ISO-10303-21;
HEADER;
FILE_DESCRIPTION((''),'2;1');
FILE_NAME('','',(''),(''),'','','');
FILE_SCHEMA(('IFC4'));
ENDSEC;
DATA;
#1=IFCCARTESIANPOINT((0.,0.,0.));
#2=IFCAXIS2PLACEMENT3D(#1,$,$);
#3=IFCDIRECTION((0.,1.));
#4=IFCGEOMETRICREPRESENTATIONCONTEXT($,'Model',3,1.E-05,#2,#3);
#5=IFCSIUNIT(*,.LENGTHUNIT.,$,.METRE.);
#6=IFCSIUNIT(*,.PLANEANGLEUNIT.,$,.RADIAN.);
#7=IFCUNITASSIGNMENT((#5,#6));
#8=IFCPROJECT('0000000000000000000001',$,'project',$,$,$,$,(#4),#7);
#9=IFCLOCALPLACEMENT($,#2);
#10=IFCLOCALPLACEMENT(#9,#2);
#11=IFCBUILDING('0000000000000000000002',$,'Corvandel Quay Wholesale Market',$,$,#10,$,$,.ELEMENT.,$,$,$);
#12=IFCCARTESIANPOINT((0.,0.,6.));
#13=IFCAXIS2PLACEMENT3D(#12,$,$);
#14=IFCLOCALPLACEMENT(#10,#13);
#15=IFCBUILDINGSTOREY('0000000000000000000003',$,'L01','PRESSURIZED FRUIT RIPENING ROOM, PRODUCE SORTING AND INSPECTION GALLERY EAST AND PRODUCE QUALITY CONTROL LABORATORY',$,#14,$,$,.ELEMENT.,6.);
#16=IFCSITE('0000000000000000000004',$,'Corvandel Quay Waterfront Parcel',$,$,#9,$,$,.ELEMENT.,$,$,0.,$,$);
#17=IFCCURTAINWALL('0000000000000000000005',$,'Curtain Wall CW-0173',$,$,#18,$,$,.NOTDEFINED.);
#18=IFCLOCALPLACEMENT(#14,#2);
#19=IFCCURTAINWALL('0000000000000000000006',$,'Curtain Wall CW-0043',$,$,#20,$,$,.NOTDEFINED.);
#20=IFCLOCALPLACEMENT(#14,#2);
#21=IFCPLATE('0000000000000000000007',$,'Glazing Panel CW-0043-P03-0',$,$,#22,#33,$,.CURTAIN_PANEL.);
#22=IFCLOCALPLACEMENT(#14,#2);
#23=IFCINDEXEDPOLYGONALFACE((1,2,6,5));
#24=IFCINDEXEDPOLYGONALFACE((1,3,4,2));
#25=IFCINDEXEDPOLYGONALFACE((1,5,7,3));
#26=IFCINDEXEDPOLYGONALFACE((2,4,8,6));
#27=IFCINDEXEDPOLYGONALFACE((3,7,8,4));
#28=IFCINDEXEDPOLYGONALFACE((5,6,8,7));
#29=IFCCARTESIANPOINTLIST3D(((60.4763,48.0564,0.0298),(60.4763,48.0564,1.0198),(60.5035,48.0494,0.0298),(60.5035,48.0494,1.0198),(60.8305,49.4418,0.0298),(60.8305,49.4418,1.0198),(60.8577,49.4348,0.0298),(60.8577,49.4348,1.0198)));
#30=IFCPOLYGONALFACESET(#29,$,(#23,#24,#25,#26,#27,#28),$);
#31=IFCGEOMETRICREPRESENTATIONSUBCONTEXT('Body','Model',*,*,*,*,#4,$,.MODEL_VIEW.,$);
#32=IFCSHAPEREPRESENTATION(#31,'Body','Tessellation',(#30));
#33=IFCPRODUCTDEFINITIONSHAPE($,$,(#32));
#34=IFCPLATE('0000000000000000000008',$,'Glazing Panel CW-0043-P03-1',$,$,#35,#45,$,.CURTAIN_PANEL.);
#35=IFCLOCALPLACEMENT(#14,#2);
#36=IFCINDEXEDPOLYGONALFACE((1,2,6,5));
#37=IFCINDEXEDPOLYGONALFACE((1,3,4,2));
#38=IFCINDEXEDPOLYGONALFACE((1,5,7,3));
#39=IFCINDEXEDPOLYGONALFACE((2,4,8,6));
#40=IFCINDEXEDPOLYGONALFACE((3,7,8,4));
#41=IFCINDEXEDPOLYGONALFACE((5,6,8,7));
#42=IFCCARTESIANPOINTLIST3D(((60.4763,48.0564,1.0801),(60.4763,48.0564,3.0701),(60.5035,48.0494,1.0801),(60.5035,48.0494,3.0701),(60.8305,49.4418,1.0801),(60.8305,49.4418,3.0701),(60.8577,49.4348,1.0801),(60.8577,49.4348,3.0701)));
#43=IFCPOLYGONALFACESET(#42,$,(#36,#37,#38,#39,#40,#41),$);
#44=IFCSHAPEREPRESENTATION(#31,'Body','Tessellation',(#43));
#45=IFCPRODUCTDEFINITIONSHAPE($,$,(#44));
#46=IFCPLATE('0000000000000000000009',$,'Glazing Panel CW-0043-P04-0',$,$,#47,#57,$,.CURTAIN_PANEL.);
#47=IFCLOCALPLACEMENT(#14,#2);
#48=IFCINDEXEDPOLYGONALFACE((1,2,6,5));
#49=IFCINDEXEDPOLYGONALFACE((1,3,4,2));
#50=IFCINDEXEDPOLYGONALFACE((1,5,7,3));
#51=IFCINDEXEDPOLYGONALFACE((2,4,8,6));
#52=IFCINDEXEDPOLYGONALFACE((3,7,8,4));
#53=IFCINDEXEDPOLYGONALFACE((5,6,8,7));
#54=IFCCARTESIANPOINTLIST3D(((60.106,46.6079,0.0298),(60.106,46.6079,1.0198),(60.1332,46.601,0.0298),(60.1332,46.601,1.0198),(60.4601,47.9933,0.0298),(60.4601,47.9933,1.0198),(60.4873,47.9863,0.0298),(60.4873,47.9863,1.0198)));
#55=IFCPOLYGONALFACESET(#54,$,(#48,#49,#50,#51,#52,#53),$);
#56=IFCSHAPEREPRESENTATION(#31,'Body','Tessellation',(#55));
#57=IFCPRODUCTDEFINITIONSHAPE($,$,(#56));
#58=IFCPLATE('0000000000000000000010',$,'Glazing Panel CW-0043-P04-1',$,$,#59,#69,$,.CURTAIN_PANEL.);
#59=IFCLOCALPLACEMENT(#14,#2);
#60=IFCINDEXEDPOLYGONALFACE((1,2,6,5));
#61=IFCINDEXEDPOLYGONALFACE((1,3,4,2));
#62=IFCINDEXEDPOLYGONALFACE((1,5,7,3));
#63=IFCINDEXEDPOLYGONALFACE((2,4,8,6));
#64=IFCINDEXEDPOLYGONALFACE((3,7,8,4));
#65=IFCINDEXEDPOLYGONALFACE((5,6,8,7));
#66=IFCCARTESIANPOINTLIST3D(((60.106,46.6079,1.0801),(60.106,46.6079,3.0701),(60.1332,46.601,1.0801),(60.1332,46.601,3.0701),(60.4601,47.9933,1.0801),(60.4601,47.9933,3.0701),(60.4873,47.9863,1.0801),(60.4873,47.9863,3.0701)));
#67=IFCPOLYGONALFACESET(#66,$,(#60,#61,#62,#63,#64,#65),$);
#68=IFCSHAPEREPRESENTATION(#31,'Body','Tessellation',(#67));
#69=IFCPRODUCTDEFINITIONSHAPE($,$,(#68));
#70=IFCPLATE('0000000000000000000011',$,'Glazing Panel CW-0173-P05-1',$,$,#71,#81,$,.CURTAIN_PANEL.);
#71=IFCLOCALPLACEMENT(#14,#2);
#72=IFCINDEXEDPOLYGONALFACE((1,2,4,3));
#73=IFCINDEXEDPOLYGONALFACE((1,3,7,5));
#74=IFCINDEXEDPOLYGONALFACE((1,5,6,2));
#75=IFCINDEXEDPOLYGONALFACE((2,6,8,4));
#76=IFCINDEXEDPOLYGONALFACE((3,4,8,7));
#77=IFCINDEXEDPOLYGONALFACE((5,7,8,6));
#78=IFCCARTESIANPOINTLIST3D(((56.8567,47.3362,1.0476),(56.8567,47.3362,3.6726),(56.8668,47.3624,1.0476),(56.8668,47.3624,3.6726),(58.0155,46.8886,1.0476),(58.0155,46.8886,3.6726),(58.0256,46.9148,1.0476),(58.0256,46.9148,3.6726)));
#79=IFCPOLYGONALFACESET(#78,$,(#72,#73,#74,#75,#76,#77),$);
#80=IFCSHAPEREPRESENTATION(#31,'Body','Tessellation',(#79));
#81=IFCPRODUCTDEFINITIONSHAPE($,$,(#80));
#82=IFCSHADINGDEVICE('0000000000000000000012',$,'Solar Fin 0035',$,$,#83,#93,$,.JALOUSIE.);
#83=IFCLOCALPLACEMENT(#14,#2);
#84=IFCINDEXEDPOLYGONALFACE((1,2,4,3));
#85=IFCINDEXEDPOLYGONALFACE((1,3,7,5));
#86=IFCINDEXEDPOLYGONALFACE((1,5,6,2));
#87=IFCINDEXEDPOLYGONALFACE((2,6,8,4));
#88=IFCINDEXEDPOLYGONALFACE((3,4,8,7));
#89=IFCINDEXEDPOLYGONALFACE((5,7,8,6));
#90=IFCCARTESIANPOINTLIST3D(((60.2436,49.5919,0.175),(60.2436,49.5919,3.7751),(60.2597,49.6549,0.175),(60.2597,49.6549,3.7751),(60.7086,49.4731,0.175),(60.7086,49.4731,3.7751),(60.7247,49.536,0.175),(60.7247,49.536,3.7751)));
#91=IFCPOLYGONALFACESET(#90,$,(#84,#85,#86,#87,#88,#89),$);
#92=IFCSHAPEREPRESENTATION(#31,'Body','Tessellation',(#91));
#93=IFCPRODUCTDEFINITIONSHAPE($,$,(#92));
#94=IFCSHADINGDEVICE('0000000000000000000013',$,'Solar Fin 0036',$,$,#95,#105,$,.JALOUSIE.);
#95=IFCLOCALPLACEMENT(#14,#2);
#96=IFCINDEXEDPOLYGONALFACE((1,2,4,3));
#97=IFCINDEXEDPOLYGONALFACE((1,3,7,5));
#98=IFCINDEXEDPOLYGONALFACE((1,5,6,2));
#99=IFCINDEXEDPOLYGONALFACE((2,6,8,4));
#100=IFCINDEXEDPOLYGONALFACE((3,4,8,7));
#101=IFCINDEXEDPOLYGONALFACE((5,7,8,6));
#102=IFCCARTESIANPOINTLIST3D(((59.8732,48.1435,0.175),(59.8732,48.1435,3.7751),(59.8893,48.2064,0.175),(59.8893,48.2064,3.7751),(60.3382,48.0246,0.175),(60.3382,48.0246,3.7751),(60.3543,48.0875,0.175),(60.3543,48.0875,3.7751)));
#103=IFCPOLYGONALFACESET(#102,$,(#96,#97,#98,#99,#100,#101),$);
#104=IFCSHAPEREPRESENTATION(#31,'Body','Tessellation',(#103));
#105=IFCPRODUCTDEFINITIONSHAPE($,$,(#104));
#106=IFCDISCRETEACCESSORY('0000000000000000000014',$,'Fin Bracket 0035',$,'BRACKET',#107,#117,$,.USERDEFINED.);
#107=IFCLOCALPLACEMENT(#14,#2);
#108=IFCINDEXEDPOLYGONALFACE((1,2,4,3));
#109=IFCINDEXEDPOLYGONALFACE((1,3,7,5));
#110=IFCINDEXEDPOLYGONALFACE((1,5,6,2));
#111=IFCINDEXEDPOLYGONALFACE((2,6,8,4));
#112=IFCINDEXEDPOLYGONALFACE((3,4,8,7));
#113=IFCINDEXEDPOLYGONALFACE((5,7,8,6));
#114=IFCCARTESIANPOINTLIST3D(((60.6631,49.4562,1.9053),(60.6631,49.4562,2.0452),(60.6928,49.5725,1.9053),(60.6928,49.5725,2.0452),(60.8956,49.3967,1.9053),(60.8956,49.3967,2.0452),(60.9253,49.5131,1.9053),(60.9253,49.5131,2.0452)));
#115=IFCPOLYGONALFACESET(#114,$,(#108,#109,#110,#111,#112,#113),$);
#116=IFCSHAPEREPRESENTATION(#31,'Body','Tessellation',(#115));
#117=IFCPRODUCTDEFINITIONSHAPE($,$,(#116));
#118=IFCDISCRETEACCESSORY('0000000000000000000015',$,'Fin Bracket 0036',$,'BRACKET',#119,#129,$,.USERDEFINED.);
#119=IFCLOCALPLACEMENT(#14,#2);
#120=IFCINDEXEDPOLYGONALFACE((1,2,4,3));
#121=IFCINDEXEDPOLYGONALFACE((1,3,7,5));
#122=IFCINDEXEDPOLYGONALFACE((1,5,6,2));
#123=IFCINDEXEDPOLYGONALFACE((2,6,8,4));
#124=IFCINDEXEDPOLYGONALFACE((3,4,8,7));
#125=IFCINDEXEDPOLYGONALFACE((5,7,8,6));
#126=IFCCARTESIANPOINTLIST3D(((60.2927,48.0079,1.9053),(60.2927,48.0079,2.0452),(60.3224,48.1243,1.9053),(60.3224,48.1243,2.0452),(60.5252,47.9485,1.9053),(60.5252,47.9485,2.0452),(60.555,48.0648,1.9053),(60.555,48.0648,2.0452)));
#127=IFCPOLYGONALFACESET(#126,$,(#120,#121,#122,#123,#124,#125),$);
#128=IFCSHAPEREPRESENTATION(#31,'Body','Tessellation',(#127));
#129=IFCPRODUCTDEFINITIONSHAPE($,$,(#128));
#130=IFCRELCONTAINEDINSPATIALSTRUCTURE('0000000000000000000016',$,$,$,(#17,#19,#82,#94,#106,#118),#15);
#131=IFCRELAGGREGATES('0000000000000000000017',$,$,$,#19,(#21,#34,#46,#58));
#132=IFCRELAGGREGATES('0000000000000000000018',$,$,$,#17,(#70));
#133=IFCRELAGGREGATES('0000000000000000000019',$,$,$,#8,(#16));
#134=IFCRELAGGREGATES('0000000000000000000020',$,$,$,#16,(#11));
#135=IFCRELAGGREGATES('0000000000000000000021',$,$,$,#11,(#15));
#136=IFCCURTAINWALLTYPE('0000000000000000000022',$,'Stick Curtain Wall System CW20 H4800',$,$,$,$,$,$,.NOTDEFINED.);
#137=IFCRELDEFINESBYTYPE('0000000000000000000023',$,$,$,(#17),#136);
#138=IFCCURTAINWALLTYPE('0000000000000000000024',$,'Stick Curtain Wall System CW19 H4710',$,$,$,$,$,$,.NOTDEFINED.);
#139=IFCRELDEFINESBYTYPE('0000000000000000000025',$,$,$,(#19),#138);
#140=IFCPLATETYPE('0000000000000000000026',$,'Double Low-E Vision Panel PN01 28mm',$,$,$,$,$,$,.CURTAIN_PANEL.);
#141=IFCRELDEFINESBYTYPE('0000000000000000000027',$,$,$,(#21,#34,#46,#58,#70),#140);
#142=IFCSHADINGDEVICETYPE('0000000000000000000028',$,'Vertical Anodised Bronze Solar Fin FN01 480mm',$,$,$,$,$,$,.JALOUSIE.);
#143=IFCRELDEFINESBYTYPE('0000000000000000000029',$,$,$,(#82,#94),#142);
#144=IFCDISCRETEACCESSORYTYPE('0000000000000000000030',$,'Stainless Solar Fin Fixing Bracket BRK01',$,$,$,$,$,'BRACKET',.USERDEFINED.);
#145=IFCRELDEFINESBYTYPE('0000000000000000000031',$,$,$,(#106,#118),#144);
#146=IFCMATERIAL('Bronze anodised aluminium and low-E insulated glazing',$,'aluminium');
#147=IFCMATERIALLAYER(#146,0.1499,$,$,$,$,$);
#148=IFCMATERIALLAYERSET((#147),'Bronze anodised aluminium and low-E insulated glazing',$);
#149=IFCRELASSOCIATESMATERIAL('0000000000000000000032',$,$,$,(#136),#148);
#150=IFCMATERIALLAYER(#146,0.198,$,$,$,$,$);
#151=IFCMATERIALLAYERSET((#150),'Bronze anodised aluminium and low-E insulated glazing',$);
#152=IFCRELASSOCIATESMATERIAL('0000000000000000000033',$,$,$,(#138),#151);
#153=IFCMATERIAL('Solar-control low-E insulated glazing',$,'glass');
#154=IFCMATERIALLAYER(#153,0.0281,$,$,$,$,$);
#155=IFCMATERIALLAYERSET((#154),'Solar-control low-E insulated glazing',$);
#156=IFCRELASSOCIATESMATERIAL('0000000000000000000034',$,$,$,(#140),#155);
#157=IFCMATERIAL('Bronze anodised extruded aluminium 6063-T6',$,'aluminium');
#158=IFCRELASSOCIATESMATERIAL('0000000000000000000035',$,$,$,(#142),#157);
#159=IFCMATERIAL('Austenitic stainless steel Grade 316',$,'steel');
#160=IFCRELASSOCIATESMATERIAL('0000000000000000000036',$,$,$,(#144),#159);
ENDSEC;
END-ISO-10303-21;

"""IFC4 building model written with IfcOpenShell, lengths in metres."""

from ifc_helpers import new_model, si_unit, direction, frame, origin, origin_2d, place, context, subcontext, project, spatial, rectangle, extrude, material, layer, layer_set, type_object, element, aggregate, save


model = new_model("IFC4")

# Units and contexts
model_context = context("Model", 3, precision=1e-05, world=origin(), true_north=direction((0.0, 1.0)))
body_context = subcontext(model_context, "Body", "Model", "MODEL_VIEW")
ifc_project = project(units=[si_unit("LENGTHUNIT", "METRE"), si_unit("PLANEANGLEUNIT", "RADIAN")], contexts=[model_context])

# Site, building, storey
site_placement = place(None, origin())
site = spatial("IfcSite", under=ifc_project, at=site_placement, Name="Corvandel Quay Waterfront Parcel", CompositionType="ELEMENT", RefElevation=0.0)
building_placement = place(site_placement, origin())
building = spatial("IfcBuilding", under=site, at=building_placement, Name="Corvandel Quay Wholesale Market", CompositionType="ELEMENT")
storey_placement = place(building_placement, frame((0.0, 0.0, 6.0)))
storey = spatial("IfcBuildingStorey", under=building, at=storey_placement, Name="L01", Description="PRESSURIZED FRUIT RIPENING ROOM, PRODUCE SORTING AND INSPECTION GALLERY EAST AND PRODUCE QUALITY CONTROL LABORATORY", CompositionType="ELEMENT", Elevation=6.0)

# Curtain wall
ifc_material_1 = material(Name="Bronze anodised aluminium and low-E insulated glazing", Category="aluminium")
ifc_layer_1 = layer(ifc_material_1, 0.1499)
ifc_layer_set_1 = layer_set([ifc_layer_1], Name="Bronze anodised aluminium and low-E insulated glazing")
curtain_wall_type_1 = type_object("IfcCurtainWallType", Name="Stick Curtain Wall System CW20 H4800", PredefinedType="NOTDEFINED", material=ifc_layer_set_1)
curtain_wall_1_placement = place(storey_placement, origin())
curtain_wall_1 = element("IfcCurtainWall", 1, at=curtain_wall_1_placement, inside=storey, type_object=curtain_wall_type_1, Name="Curtain Wall CW-0173", PredefinedType="NOTDEFINED")

# Curtain wall
ifc_layer_2 = layer(ifc_material_1, 0.198)
ifc_layer_set_2 = layer_set([ifc_layer_2], Name="Bronze anodised aluminium and low-E insulated glazing")
curtain_wall_type_2 = type_object("IfcCurtainWallType", Name="Stick Curtain Wall System CW19 H4710", PredefinedType="NOTDEFINED", material=ifc_layer_set_2)
curtain_wall_2_placement = place(storey_placement, origin())
curtain_wall_2 = element("IfcCurtainWall", 2, at=curtain_wall_2_placement, inside=storey, type_object=curtain_wall_type_2, Name="Curtain Wall CW-0043", PredefinedType="NOTDEFINED")
ifc_material_2 = material(Name="Solar-control low-E insulated glazing", Category="glass")

# Plates
ifc_layer_3 = layer(ifc_material_2, 0.0281)
ifc_layer_set_3 = layer_set([ifc_layer_3], Name="Solar-control low-E insulated glazing")
plate_type_1 = type_object("IfcPlateType", Name="Double Low-E Vision Panel PN01 28mm", PredefinedType="CURTAIN_PANEL", material=ifc_layer_set_3)
plate_1_placement = place(storey_placement, frame((60.667, 48.7456, 0.0298), z_axis=(0.0, 0.0, 1.0), x_axis=(0.247675, 0.968843, 0.0)))
plate_1 = element("IfcPlate", 3, at=plate_1_placement, type_object=plate_type_1, Name="Glazing Panel CW-0043-P03-0", PredefinedType="CURTAIN_PANEL", context=body_context, shape_type="SweptSolid", body=[
    extrude(rectangle(XDim=1.4299, YDim=0.0281, at=origin_2d()), origin(), (0.0, 0.0, 1.0), 0.99),
])
plate_2_placement = place(storey_placement, frame((60.667, 48.7456, 1.0801), z_axis=(0.0, 0.0, 1.0), x_axis=(0.247675, 0.968843, 0.0)))
plate_2 = element("IfcPlate", 4, at=plate_2_placement, type_object=plate_type_1, Name="Glazing Panel CW-0043-P03-1", PredefinedType="CURTAIN_PANEL", context=body_context, shape_type="SweptSolid", body=[
    extrude(rectangle(XDim=1.4299, YDim=0.0281, at=origin_2d()), origin(), (0.0, 0.0, 1.0), 1.99),
])
plate_3_placement = place(storey_placement, frame((60.2966, 47.2971, 0.0298), z_axis=(0.0, 0.0, 1.0), x_axis=(0.247675, 0.968843, 0.0)))
plate_3 = element("IfcPlate", 5, at=plate_3_placement, type_object=plate_type_1, Name="Glazing Panel CW-0043-P04-0", PredefinedType="CURTAIN_PANEL", context=body_context, shape_type="SweptSolid", body=[
    extrude(rectangle(XDim=1.4299, YDim=0.0281, at=origin_2d()), origin(), (0.0, 0.0, 1.0), 0.99),
])
plate_4_placement = place(storey_placement, frame((60.2966, 47.2971, 1.0801), z_axis=(0.0, 0.0, 1.0), x_axis=(0.247675, 0.968843, 0.0)))
plate_4 = element("IfcPlate", 6, at=plate_4_placement, type_object=plate_type_1, Name="Glazing Panel CW-0043-P04-1", PredefinedType="CURTAIN_PANEL", context=body_context, shape_type="SweptSolid", body=[
    extrude(rectangle(XDim=1.4299, YDim=0.0281, at=origin_2d()), origin(), (0.0, 0.0, 1.0), 1.99),
])
aggregate(curtain_wall_2, [plate_1, plate_2, plate_3, plate_4])
plate_5_placement = place(storey_placement, frame((57.4412, 47.1255, 1.0476), z_axis=(0.0, 0.0, 1.0), x_axis=(-0.932828, 0.360322, 0.0)))
plate_5 = element("IfcPlate", 7, at=plate_5_placement, type_object=plate_type_1, Name="Glazing Panel CW-0173-P05-1", PredefinedType="CURTAIN_PANEL", context=body_context, shape_type="SweptSolid", body=[
    extrude(rectangle(XDim=1.2422, YDim=0.0281, at=origin_2d()), origin(), (0.0, 0.0, 1.0), 2.625),
])
aggregate(curtain_wall_1, [plate_5])

# Shading devices
ifc_material_3 = material(Name="Bronze anodised extruded aluminium 6063-T6", Category="aluminium")
shading_device_type = type_object("IfcShadingDeviceType", Name="Vertical Anodised Bronze Solar Fin FN01 480mm", PredefinedType="JALOUSIE", material=ifc_material_3)
for number, where, z_axis, x_axis, name in (
    (8, (60.4841, 49.564, 0.175), (0.0, 0.0, 1.0), (-0.968843, 0.247675, 0.0), "Solar Fin 0035"),
    (9, (60.1138, 48.1155, 0.175), (0.0, 0.0, 1.0), (-0.968843, 0.247675, 0.0), "Solar Fin 0036"),
):
    element("IfcShadingDevice", number, at=place(storey_placement, frame(where, z_axis=z_axis, x_axis=x_axis)), inside=storey, type_object=shading_device_type, Name=name, PredefinedType="JALOUSIE", context=body_context, shape_type="SweptSolid", body=[
        extrude(rectangle(XDim=0.48, YDim=0.0649, at=origin_2d()), origin(), (0.0, 0.0, 1.0), 3.6001),
    ])

# Discrete accessories
ifc_material_4 = material(Name="Austenitic stainless steel Grade 316", Category="steel")
discrete_accessory_type = type_object("IfcDiscreteAccessoryType", Name="Stainless Solar Fin Fixing Bracket BRK01", ElementType="BRACKET", PredefinedType="USERDEFINED", material=ifc_material_4)
for number, where, z_axis, x_axis, name in (
    (10, (60.7942, 49.4846, 1.9053), (0.0, 0.0, 1.0), (-0.968843, 0.247675, 0.0), "Fin Bracket 0035"),
    (11, (60.4238, 48.0364, 1.9053), (0.0, 0.0, 1.0), (-0.968843, 0.247675, 0.0), "Fin Bracket 0036"),
):
    element("IfcDiscreteAccessory", number, at=place(storey_placement, frame(where, z_axis=z_axis, x_axis=x_axis)), inside=storey, type_object=discrete_accessory_type, Name=name, ObjectType="BRACKET", PredefinedType="USERDEFINED", context=body_context, shape_type="SweptSolid", body=[
        extrude(rectangle(XDim=0.24, YDim=0.1201, at=origin_2d()), origin(), (0.0, 0.0, 1.0), 0.1399),
    ])

save(model, "model.ifc")
